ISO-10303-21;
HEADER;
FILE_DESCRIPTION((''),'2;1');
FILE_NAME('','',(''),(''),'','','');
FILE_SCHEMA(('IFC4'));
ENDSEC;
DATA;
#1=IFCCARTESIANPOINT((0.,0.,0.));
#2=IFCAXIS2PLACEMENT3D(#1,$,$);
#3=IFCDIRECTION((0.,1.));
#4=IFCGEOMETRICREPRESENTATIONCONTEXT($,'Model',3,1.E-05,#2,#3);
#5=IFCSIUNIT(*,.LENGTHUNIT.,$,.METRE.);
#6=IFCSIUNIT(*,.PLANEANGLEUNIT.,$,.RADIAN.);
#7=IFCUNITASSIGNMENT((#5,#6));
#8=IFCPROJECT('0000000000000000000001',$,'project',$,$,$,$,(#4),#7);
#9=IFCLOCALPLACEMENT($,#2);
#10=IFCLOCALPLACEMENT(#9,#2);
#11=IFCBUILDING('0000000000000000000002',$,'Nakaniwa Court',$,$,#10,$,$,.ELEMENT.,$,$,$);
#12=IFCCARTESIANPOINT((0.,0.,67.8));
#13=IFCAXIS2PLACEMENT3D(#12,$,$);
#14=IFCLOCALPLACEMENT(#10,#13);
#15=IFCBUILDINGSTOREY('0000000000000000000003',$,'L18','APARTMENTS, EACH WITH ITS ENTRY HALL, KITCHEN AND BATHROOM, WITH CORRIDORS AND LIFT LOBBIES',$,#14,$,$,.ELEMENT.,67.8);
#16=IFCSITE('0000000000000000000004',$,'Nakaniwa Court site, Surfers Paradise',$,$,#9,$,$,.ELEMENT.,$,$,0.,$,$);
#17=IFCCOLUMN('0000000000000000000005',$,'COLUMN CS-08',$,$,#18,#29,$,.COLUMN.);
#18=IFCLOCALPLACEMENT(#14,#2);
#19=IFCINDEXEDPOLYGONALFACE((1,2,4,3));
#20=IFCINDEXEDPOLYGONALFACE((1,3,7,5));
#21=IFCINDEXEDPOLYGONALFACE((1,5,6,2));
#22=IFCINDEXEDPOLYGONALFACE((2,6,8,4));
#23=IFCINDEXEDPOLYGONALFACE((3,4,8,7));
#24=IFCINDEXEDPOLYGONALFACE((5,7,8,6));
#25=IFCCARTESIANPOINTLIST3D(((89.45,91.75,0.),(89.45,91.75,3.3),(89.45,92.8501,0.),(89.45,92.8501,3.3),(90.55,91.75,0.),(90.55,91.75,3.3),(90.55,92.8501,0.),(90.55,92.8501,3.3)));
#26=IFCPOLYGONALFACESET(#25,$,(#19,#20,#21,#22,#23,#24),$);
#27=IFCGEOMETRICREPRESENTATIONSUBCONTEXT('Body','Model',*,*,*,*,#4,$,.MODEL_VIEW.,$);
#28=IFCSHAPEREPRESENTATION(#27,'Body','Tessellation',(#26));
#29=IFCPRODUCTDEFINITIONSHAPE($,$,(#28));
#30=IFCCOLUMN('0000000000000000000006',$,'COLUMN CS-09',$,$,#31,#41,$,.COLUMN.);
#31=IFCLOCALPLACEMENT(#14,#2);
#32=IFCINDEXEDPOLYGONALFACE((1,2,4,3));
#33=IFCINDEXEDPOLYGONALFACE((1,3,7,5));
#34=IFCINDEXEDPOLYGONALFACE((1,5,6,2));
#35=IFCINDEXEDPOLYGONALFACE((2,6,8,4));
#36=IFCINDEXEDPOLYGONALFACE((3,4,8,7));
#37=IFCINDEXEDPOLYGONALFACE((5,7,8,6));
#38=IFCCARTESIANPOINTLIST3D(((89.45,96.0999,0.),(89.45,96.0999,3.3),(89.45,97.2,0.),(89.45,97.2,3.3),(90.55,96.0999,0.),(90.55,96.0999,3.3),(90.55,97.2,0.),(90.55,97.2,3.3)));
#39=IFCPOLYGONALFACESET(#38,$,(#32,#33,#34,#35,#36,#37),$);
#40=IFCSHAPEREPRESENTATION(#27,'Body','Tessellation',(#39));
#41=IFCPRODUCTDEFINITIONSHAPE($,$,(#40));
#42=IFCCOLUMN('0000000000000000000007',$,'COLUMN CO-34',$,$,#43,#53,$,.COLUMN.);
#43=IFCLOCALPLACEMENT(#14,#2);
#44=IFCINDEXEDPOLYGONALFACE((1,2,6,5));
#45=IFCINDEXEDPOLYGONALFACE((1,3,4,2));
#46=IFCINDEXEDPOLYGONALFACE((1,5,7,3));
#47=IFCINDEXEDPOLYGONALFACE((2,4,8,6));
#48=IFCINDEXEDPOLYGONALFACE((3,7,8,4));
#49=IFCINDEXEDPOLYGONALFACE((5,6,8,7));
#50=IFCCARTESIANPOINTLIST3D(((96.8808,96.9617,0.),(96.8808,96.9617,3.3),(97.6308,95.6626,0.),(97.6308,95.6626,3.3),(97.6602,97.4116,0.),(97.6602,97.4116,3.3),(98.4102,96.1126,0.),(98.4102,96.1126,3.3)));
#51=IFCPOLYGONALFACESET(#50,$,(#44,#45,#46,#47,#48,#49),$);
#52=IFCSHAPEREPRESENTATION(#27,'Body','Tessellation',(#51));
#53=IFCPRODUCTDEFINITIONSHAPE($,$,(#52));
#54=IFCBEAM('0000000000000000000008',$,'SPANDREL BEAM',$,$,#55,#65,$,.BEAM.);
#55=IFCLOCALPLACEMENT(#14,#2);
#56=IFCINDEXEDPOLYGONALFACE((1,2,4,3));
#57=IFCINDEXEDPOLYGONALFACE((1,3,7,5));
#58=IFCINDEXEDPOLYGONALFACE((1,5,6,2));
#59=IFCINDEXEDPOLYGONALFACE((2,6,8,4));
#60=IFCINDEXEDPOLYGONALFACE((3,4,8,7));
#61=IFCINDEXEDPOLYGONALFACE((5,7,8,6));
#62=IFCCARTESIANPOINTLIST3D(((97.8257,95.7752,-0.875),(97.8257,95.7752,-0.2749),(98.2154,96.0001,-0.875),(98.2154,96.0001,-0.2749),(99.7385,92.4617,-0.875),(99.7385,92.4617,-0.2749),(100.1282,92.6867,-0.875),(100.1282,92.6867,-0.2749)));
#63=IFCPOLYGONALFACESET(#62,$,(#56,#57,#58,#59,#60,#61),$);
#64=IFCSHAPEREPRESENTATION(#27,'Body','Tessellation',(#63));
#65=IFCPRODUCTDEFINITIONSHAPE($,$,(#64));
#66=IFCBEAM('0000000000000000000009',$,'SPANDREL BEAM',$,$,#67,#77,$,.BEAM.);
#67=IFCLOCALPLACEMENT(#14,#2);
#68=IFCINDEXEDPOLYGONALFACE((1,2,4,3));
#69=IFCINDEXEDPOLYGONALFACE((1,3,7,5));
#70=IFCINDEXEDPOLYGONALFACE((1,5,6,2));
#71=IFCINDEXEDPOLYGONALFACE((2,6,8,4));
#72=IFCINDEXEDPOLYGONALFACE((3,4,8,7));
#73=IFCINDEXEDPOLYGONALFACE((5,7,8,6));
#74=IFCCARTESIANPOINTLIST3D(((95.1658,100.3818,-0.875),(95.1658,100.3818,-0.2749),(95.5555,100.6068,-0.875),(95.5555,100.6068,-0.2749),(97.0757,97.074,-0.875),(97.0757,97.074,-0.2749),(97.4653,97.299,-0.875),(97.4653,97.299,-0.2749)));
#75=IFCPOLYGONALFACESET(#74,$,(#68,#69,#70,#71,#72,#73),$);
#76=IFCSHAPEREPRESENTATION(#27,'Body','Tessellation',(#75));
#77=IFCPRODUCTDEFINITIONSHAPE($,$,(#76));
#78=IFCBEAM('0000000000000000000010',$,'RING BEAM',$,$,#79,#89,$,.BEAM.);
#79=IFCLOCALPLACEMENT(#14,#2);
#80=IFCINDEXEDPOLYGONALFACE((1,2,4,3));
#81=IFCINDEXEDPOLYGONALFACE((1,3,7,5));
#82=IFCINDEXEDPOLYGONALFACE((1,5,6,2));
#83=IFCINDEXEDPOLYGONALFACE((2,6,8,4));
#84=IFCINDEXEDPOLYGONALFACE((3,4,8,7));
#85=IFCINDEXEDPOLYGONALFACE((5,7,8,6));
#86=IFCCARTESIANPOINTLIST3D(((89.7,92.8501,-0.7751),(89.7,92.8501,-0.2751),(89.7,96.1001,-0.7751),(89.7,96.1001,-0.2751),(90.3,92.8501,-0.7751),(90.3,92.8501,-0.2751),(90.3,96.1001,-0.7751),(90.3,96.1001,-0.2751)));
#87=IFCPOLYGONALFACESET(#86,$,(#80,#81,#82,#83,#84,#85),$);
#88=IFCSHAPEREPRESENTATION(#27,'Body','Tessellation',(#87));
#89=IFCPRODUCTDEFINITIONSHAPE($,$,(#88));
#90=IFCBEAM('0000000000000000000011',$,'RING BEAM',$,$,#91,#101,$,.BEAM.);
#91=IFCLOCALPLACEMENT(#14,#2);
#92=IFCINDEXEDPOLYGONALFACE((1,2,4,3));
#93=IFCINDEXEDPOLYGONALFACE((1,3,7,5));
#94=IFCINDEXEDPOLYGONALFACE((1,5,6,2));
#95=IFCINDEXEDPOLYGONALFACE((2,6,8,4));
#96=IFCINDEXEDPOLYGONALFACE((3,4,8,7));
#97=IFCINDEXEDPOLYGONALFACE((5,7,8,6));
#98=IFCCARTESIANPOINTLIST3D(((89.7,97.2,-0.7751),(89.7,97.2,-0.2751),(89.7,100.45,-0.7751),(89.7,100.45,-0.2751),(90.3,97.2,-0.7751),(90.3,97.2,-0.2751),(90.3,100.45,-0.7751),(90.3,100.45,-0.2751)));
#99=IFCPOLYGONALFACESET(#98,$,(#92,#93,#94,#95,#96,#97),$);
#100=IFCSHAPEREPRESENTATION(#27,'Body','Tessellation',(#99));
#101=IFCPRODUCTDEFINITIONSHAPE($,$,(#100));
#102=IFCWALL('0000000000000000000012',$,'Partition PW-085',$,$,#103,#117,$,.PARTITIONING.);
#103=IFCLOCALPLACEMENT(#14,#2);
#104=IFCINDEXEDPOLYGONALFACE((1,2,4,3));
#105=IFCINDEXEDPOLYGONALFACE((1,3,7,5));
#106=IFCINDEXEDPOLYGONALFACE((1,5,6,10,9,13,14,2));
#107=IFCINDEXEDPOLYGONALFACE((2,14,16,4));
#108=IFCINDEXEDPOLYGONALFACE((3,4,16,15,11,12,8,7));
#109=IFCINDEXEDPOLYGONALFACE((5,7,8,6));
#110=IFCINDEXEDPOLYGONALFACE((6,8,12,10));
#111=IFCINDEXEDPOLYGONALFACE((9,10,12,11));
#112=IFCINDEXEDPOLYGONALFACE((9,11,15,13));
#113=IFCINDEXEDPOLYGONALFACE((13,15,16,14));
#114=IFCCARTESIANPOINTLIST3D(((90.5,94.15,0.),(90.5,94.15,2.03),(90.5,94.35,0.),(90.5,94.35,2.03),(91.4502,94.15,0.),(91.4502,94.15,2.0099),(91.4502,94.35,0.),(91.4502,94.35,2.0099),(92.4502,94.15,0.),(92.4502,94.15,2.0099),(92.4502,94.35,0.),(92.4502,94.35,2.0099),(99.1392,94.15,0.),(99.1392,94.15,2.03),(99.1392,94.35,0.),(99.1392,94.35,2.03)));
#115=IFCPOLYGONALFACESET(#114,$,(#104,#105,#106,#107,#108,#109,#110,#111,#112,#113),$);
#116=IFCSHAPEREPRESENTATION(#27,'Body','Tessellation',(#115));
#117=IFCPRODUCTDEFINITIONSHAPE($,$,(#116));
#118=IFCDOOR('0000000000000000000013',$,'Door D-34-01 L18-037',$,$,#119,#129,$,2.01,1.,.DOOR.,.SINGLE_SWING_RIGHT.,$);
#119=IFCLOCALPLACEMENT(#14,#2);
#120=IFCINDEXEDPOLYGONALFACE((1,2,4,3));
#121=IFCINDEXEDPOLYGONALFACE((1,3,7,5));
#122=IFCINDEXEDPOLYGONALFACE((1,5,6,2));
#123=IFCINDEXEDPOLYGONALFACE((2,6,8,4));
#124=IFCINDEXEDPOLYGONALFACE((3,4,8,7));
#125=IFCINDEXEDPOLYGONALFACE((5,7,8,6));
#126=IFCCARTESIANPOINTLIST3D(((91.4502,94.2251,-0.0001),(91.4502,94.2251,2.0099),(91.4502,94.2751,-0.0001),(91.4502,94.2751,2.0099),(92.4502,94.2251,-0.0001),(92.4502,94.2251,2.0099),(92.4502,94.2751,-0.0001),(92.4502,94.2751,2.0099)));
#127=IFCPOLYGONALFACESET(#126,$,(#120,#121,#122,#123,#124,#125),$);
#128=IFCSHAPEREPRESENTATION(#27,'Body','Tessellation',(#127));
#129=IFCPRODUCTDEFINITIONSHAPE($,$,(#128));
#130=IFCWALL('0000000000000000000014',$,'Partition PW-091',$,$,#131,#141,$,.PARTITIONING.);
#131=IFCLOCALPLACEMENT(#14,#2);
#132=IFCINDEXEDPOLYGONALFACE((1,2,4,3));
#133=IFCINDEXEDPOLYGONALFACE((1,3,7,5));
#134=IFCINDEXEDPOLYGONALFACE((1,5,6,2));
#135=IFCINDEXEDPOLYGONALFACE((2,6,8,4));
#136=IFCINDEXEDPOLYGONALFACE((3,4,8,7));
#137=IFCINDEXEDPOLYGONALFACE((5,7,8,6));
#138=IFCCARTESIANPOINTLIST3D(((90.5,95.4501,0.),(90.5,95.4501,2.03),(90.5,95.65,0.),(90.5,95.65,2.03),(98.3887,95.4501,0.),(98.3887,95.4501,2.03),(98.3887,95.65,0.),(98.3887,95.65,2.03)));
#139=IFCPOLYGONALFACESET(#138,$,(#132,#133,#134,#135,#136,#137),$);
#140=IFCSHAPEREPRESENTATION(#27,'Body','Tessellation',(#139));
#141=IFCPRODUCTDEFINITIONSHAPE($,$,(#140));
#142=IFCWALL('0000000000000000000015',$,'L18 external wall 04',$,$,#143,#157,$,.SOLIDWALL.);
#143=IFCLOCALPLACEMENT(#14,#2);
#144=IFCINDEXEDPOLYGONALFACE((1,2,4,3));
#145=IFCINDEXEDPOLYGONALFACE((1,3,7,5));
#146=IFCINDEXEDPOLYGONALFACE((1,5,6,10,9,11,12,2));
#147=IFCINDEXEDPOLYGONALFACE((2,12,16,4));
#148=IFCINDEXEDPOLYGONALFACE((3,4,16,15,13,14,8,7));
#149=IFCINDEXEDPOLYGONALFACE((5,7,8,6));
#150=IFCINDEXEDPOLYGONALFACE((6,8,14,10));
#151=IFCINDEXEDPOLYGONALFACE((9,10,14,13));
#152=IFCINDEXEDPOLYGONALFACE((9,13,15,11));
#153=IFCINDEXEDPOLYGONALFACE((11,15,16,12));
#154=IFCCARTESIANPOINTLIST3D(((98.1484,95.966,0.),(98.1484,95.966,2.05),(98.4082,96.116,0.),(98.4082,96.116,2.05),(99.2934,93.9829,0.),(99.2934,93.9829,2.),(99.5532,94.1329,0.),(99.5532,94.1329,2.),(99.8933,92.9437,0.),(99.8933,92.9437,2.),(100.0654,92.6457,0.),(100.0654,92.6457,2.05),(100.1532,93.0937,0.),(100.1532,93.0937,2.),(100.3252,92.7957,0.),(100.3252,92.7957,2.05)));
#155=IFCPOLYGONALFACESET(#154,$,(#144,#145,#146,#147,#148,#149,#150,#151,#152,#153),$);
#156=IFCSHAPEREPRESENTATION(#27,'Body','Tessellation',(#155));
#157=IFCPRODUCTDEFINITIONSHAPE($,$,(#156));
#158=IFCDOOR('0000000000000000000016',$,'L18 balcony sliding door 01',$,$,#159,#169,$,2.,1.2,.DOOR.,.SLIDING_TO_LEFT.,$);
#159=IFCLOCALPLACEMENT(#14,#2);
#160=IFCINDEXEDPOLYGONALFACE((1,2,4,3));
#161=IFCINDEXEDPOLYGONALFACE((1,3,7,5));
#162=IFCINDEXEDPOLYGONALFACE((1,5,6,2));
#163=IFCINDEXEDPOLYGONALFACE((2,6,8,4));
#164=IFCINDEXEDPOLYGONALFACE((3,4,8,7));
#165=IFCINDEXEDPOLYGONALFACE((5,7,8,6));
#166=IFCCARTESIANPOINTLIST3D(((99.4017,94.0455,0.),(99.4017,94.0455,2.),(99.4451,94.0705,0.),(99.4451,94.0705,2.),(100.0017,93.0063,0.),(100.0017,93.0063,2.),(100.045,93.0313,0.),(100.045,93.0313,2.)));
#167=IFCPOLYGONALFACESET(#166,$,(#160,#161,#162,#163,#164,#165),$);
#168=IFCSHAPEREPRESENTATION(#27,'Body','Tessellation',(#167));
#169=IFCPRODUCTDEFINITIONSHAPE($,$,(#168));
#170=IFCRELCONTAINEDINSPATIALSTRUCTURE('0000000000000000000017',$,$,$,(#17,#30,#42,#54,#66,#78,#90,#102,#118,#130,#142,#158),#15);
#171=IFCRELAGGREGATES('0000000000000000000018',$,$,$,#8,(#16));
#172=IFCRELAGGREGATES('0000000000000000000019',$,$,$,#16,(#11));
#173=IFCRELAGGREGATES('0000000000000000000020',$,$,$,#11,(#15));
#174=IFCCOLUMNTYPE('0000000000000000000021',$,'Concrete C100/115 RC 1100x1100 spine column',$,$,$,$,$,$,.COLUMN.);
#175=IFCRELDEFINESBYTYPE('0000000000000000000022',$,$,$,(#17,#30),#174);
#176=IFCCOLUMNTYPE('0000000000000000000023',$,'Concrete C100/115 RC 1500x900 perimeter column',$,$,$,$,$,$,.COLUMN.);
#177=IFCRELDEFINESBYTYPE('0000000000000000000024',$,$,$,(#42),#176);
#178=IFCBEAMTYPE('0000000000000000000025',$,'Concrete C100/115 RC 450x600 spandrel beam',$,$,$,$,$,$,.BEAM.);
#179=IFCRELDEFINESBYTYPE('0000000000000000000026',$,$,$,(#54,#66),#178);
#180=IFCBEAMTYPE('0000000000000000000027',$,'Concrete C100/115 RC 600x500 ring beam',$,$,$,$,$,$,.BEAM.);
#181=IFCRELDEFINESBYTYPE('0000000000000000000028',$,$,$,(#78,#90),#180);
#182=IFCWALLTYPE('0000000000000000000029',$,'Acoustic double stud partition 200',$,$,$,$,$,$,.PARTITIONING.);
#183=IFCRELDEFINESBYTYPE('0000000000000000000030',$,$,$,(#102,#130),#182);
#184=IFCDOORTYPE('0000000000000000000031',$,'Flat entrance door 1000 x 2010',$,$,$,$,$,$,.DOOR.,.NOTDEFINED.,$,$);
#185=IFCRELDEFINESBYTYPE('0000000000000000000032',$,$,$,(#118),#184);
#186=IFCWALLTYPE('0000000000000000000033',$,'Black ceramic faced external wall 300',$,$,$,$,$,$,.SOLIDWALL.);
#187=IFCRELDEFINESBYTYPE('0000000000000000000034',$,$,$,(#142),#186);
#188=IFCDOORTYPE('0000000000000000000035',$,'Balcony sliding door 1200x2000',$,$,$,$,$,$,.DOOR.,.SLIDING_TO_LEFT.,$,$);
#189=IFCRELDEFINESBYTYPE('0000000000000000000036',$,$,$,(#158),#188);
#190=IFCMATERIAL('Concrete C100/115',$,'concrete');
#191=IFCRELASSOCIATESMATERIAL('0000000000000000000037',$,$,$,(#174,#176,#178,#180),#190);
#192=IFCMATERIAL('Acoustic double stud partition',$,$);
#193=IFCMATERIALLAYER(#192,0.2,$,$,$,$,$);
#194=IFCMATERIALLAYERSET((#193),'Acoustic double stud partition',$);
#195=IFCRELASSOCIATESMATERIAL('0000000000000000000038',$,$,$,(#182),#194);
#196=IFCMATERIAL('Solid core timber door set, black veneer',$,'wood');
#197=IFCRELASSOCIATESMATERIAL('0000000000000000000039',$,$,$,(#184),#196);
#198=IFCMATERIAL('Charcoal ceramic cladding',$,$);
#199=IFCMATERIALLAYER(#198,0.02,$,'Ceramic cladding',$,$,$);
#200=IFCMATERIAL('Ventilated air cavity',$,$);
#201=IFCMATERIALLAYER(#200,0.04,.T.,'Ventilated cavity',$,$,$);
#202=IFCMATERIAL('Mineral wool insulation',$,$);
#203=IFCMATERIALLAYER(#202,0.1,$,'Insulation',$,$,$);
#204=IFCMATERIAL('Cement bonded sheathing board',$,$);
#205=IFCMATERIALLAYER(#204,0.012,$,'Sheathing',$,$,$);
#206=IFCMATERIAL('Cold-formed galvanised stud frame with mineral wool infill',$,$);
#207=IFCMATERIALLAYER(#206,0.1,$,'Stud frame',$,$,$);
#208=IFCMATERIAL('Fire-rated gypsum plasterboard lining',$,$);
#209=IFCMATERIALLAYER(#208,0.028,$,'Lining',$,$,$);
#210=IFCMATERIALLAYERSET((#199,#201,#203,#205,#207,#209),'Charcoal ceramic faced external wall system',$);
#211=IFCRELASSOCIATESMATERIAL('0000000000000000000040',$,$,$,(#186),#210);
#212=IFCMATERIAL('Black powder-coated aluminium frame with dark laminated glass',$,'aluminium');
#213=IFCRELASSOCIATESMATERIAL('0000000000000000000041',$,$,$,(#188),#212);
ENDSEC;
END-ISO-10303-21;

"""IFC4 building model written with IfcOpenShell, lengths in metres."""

from ifc_helpers import new_model, si_unit, direction, frame, frame_2d, origin, origin_2d, place, context, subcontext, project, spatial, rectangle, extrude, material, layer, layer_set, material_profile, profile_set, type_object, element, fill, save


model = new_model("IFC4")

# Units and contexts
model_context = context("Model", 3, precision=1e-05, world=origin(), true_north=direction((0.0, 1.0)))
body_context = subcontext(model_context, "Body", "Model", "MODEL_VIEW")
ifc_project = project(units=[si_unit("LENGTHUNIT", "METRE"), si_unit("PLANEANGLEUNIT", "RADIAN")], contexts=[model_context])

# Site, building, storey
site_placement = place(None, origin())
site = spatial("IfcSite", under=ifc_project, at=site_placement, Name="Nakaniwa Court site, Surfers Paradise", CompositionType="ELEMENT", RefElevation=0.0)
building_placement = place(site_placement, origin())
building = spatial("IfcBuilding", under=site, at=building_placement, Name="Nakaniwa Court", CompositionType="ELEMENT")
storey_placement = place(building_placement, frame((0.0, 0.0, 67.8)))
storey = spatial("IfcBuildingStorey", under=building, at=storey_placement, Name="L18", Description="APARTMENTS, EACH WITH ITS ENTRY HALL, KITCHEN AND BATHROOM, WITH CORRIDORS AND LIFT LOBBIES", CompositionType="ELEMENT", Elevation=67.8)

# Columns
ifc_material_1 = material(Name="Concrete C100/115", Category="concrete")
ifc_material_profile_1 = material_profile(ifc_material_1, rectangle(XDim=1.1001, YDim=1.1001, at=origin_2d()), Name="Concrete C100/115 RC 1100x1100 spine column")
ifc_profile_set_1 = profile_set([ifc_material_profile_1], Name="Concrete C100/115")
column_type_1 = type_object("IfcColumnType", Name="Concrete C100/115 RC 1100x1100 spine column", PredefinedType="COLUMN", material=ifc_profile_set_1)
for number, where, z_axis, x_axis, name in (
    (1, (90.0, 92.3, 0.0), (0.0, 0.0, 1.0), (0.0, 1.0, 0.0), "COLUMN CS-08"),
    (2, (90.0, 96.6499, 0.0), (0.0, 0.0, 1.0), (0.0, 1.0, 0.0), "COLUMN CS-09"),
):
    element("IfcColumn", number, at=place(storey_placement, frame(where, z_axis=z_axis, x_axis=x_axis)), inside=storey, type_object=column_type_1, Name=name, PredefinedType="COLUMN", context=body_context, shape_type="SweptSolid", body=[
        extrude(rectangle(XDim=1.1001, YDim=1.1001, at=origin_2d()), origin(), (0.0, 0.0, 1.0), 3.3),
    ])
ifc_material_profile_2 = material_profile(ifc_material_1, rectangle(XDim=1.5, YDim=0.8999, at=origin_2d()), Name="Concrete C100/115 RC 1500x900 perimeter column")
ifc_profile_set_2 = profile_set([ifc_material_profile_2], Name="Concrete C100/115")
column_type_2 = type_object("IfcColumnType", Name="Concrete C100/115 RC 1500x900 perimeter column", PredefinedType="COLUMN", material=ifc_profile_set_2)
column_placement = place(storey_placement, frame((97.6455, 96.5371, 0.0), z_axis=(0.0, 0.0, 1.0), x_axis=(-0.5, 0.866025, 0.0)))
element("IfcColumn", 3, at=column_placement, inside=storey, type_object=column_type_2, Name="COLUMN CO-34", PredefinedType="COLUMN", context=body_context, shape_type="SweptSolid", body=[
    extrude(rectangle(XDim=1.5, YDim=0.8999, at=origin_2d()), origin(), (0.0, 0.0, 1.0), 3.3),
])

# Beams
ifc_material_profile_3 = material_profile(ifc_material_1, rectangle(XDim=0.45, YDim=0.6001, at=origin_2d()), Name="Concrete C100/115 RC 450x600 spandrel beam")
ifc_profile_set_3 = profile_set([ifc_material_profile_3], Name="Concrete C100/115")
beam_type_1 = type_object("IfcBeamType", Name="Concrete C100/115 RC 450x600 spandrel beam", PredefinedType="BEAM", material=ifc_profile_set_3)
beam_1_placement = place(storey_placement, frame((99.9333, 92.5742, -0.575), z_axis=(-0.499962, 0.866047, 0.0), x_axis=(-0.866047, -0.499962, 0.0)))
element("IfcBeam", 4, at=beam_1_placement, inside=storey, type_object=beam_type_1, Name="SPANDREL BEAM", PredefinedType="BEAM", context=body_context, shape_type="SweptSolid", body=[
    extrude(rectangle(XDim=0.45, YDim=0.6001, at=origin_2d()), origin(), (0.0, 0.0, 1.0), 3.8259),
])
beam_2_placement = place(storey_placement, frame((97.2705, 97.1865, -0.575), z_axis=(-0.500023, 0.866012, 0.0), x_axis=(-0.866012, -0.500023, 0.0)))
element("IfcBeam", 5, at=beam_2_placement, inside=storey, type_object=beam_type_1, Name="SPANDREL BEAM", PredefinedType="BEAM", context=body_context, shape_type="SweptSolid", body=[
    extrude(rectangle(XDim=0.45, YDim=0.6001, at=origin_2d()), origin(), (0.0, 0.0, 1.0), 3.8196),
])
ifc_material_profile_4 = material_profile(ifc_material_1, rectangle(XDim=0.6001, YDim=0.5, at=origin_2d()), Name="Concrete C100/115 RC 600x500 ring beam")
ifc_profile_set_4 = profile_set([ifc_material_profile_4], Name="Concrete C100/115")
beam_type_2 = type_object("IfcBeamType", Name="Concrete C100/115 RC 600x500 ring beam", PredefinedType="BEAM", material=ifc_profile_set_4)
for number, where, z_axis, x_axis, name in (
    (6, (90.0, 92.8501, -0.5251), (0.0, 1.0, 0.0), (-1.0, 0.0, 0.0), "RING BEAM"),
    (7, (90.0, 97.2, -0.5251), (0.0, 1.0, 0.0), (-1.0, 0.0, 0.0), "RING BEAM"),
):
    element("IfcBeam", number, at=place(storey_placement, frame(where, z_axis=z_axis, x_axis=x_axis)), inside=storey, type_object=beam_type_2, Name=name, PredefinedType="BEAM", context=body_context, shape_type="SweptSolid", body=[
        extrude(rectangle(XDim=0.6001, YDim=0.5, at=origin_2d()), origin(), (0.0, 0.0, 1.0), 3.25),
    ])

# Wall, opening, door
ifc_material_2 = material(Name="Acoustic double stud partition")
ifc_layer_1 = layer(ifc_material_2, 0.2)
ifc_layer_set_1 = layer_set([ifc_layer_1], Name="Acoustic double stud partition")
wall_type_1 = type_object("IfcWallType", Name="Acoustic double stud partition 200", PredefinedType="PARTITIONING", material=ifc_layer_set_1)
wall_1_placement = place(storey_placement, frame((99.1392, 94.25, 0.0), z_axis=(0.0, 0.0, 1.0), x_axis=(-1.0, 0.0, 0.0)))
wall_1 = element("IfcWall", 8, at=wall_1_placement, inside=storey, type_object=wall_type_1, Name="Partition PW-085", PredefinedType="PARTITIONING", context=body_context, shape_type="SweptSolid", body=[
    extrude(rectangle(XDim=8.6392, YDim=0.2, at=frame_2d((4.3196, 0.0))), origin(), (0.0, 0.0, 1.0), 2.03),
])
opening_1_placement = place(wall_1_placement, frame((6.689, 0.0, 0.0)))
opening_1 = element("IfcOpeningElement", 9, at=opening_1_placement, cuts=wall_1, PredefinedType="OPENING", context=body_context, shape_type="SweptSolid", body=[
    extrude(rectangle(XDim=1.0, YDim=2.01, at=frame_2d((0.5, 1.0049))), frame((0.0, 0.1099, 0.0), z_axis=(0.0, -1.0, 0.0), x_axis=(1.0, 0.0, 0.0)), (0.0, 0.0, 1.0), 0.22),
])
ifc_material_3 = material(Name="Solid core timber door set, black veneer", Category="wood")
door_type_1 = type_object("IfcDoorType", Name="Flat entrance door 1000 x 2010", OperationType="NOTDEFINED", PredefinedType="DOOR", material=ifc_material_3)
door_1_placement = place(opening_1_placement, origin())
door_1 = element("IfcDoor", 10, at=door_1_placement, inside=storey, type_object=door_type_1, Name="Door D-34-01 L18-037", OperationType="SINGLE_SWING_RIGHT", OverallHeight=2.01, OverallWidth=1.0, PredefinedType="DOOR", context=body_context, shape_type="SweptSolid", body=[
    extrude(rectangle(XDim=1.0, YDim=2.01, at=frame_2d((0.5, 1.0049))), frame((0.0, 0.0249, 0.0), z_axis=(0.0, -1.0, 0.0), x_axis=(1.0, 0.0, 0.0)), (0.0, 0.0, 1.0), 0.05),
])
fill(opening_1, door_1)

# Wall
wall_2_placement = place(storey_placement, frame((90.5, 95.55, 0.0), z_axis=(0.0, 0.0, 1.0), x_axis=(1.0, 0.0, 0.0)))
element("IfcWall", 11, at=wall_2_placement, inside=storey, type_object=wall_type_1, Name="Partition PW-091", PredefinedType="PARTITIONING", context=body_context, shape_type="SweptSolid", body=[
    extrude(rectangle(XDim=7.8887, YDim=0.2, at=frame_2d((3.9443, 0.0))), origin(), (0.0, 0.0, 1.0), 2.03),
])

# Wall, opening, door
ifc_material_4 = material(Name="Charcoal ceramic cladding")
ifc_layer_2 = layer(ifc_material_4, 0.02, Name="Ceramic cladding")
ifc_material_5 = material(Name="Ventilated air cavity")
ifc_layer_3 = layer(ifc_material_5, 0.04, ventilated=True, Name="Ventilated cavity")
ifc_material_6 = material(Name="Mineral wool insulation")
ifc_layer_4 = layer(ifc_material_6, 0.1, Name="Insulation")
ifc_material_7 = material(Name="Cement bonded sheathing board")
ifc_layer_5 = layer(ifc_material_7, 0.012, Name="Sheathing")
ifc_material_8 = material(Name="Cold-formed galvanised stud frame with mineral wool infill")
ifc_layer_6 = layer(ifc_material_8, 0.1, Name="Stud frame")
ifc_material_9 = material(Name="Fire-rated gypsum plasterboard lining")
ifc_layer_7 = layer(ifc_material_9, 0.028, Name="Lining")
ifc_layer_set_2 = layer_set([ifc_layer_2, ifc_layer_3, ifc_layer_4, ifc_layer_5, ifc_layer_6, ifc_layer_7], Name="Charcoal ceramic faced external wall system")
wall_type_2 = type_object("IfcWallType", Name="Black ceramic faced external wall 300", PredefinedType="SOLIDWALL", material=ifc_layer_set_2)
wall_3_placement = place(storey_placement, frame((100.1953, 92.7207, 0.0), z_axis=(0.0, 0.0, 1.0), x_axis=(-0.500002, 0.866024, 0.0)))
wall_3 = element("IfcWall", 12, at=wall_3_placement, inside=storey, type_object=wall_type_2, Name="L18 external wall 04", PredefinedType="SOLIDWALL", context=body_context, shape_type="SweptSolid", body=[
    extrude(rectangle(XDim=3.834, YDim=0.3, at=frame_2d((1.917, 0.0))), origin(), (0.0, 0.0, 1.0), 2.05),
])
opening_2_placement = place(wall_3_placement, frame((0.344, 0.0, 0.0)))
opening_2 = element("IfcOpeningElement", 13, at=opening_2_placement, cuts=wall_3, PredefinedType="OPENING", context=body_context, shape_type="SweptSolid", body=[
    extrude(rectangle(XDim=1.2, YDim=2.0, at=frame_2d((0.6001, 1.0))), frame((0.0, 0.1599, 0.0), z_axis=(0.0, -1.0, 0.0), x_axis=(1.0, 0.0, 0.0)), (0.0, 0.0, 1.0), 0.3201),
])
ifc_material_10 = material(Name="Black powder-coated aluminium frame with dark laminated glass", Category="aluminium")
door_type_2 = type_object("IfcDoorType", Name="Balcony sliding door 1200x2000", OperationType="SLIDING_TO_LEFT", PredefinedType="DOOR", material=ifc_material_10)
door_2_placement = place(opening_2_placement, origin())
door_2 = element("IfcDoor", 14, at=door_2_placement, inside=storey, type_object=door_type_2, Name="L18 balcony sliding door 01", OperationType="SLIDING_TO_LEFT", OverallHeight=2.0, OverallWidth=1.2, PredefinedType="DOOR", context=body_context, shape_type="SweptSolid", body=[
    extrude(rectangle(XDim=1.2, YDim=2.0, at=frame_2d((0.6001, 1.0))), frame((0.0, 0.0249, 0.0), z_axis=(0.0, -1.0, 0.0), x_axis=(1.0, 0.0, 0.0)), (0.0, 0.0, 1.0), 0.05),
])
fill(opening_2, door_2)

save(model, "model.ifc")
